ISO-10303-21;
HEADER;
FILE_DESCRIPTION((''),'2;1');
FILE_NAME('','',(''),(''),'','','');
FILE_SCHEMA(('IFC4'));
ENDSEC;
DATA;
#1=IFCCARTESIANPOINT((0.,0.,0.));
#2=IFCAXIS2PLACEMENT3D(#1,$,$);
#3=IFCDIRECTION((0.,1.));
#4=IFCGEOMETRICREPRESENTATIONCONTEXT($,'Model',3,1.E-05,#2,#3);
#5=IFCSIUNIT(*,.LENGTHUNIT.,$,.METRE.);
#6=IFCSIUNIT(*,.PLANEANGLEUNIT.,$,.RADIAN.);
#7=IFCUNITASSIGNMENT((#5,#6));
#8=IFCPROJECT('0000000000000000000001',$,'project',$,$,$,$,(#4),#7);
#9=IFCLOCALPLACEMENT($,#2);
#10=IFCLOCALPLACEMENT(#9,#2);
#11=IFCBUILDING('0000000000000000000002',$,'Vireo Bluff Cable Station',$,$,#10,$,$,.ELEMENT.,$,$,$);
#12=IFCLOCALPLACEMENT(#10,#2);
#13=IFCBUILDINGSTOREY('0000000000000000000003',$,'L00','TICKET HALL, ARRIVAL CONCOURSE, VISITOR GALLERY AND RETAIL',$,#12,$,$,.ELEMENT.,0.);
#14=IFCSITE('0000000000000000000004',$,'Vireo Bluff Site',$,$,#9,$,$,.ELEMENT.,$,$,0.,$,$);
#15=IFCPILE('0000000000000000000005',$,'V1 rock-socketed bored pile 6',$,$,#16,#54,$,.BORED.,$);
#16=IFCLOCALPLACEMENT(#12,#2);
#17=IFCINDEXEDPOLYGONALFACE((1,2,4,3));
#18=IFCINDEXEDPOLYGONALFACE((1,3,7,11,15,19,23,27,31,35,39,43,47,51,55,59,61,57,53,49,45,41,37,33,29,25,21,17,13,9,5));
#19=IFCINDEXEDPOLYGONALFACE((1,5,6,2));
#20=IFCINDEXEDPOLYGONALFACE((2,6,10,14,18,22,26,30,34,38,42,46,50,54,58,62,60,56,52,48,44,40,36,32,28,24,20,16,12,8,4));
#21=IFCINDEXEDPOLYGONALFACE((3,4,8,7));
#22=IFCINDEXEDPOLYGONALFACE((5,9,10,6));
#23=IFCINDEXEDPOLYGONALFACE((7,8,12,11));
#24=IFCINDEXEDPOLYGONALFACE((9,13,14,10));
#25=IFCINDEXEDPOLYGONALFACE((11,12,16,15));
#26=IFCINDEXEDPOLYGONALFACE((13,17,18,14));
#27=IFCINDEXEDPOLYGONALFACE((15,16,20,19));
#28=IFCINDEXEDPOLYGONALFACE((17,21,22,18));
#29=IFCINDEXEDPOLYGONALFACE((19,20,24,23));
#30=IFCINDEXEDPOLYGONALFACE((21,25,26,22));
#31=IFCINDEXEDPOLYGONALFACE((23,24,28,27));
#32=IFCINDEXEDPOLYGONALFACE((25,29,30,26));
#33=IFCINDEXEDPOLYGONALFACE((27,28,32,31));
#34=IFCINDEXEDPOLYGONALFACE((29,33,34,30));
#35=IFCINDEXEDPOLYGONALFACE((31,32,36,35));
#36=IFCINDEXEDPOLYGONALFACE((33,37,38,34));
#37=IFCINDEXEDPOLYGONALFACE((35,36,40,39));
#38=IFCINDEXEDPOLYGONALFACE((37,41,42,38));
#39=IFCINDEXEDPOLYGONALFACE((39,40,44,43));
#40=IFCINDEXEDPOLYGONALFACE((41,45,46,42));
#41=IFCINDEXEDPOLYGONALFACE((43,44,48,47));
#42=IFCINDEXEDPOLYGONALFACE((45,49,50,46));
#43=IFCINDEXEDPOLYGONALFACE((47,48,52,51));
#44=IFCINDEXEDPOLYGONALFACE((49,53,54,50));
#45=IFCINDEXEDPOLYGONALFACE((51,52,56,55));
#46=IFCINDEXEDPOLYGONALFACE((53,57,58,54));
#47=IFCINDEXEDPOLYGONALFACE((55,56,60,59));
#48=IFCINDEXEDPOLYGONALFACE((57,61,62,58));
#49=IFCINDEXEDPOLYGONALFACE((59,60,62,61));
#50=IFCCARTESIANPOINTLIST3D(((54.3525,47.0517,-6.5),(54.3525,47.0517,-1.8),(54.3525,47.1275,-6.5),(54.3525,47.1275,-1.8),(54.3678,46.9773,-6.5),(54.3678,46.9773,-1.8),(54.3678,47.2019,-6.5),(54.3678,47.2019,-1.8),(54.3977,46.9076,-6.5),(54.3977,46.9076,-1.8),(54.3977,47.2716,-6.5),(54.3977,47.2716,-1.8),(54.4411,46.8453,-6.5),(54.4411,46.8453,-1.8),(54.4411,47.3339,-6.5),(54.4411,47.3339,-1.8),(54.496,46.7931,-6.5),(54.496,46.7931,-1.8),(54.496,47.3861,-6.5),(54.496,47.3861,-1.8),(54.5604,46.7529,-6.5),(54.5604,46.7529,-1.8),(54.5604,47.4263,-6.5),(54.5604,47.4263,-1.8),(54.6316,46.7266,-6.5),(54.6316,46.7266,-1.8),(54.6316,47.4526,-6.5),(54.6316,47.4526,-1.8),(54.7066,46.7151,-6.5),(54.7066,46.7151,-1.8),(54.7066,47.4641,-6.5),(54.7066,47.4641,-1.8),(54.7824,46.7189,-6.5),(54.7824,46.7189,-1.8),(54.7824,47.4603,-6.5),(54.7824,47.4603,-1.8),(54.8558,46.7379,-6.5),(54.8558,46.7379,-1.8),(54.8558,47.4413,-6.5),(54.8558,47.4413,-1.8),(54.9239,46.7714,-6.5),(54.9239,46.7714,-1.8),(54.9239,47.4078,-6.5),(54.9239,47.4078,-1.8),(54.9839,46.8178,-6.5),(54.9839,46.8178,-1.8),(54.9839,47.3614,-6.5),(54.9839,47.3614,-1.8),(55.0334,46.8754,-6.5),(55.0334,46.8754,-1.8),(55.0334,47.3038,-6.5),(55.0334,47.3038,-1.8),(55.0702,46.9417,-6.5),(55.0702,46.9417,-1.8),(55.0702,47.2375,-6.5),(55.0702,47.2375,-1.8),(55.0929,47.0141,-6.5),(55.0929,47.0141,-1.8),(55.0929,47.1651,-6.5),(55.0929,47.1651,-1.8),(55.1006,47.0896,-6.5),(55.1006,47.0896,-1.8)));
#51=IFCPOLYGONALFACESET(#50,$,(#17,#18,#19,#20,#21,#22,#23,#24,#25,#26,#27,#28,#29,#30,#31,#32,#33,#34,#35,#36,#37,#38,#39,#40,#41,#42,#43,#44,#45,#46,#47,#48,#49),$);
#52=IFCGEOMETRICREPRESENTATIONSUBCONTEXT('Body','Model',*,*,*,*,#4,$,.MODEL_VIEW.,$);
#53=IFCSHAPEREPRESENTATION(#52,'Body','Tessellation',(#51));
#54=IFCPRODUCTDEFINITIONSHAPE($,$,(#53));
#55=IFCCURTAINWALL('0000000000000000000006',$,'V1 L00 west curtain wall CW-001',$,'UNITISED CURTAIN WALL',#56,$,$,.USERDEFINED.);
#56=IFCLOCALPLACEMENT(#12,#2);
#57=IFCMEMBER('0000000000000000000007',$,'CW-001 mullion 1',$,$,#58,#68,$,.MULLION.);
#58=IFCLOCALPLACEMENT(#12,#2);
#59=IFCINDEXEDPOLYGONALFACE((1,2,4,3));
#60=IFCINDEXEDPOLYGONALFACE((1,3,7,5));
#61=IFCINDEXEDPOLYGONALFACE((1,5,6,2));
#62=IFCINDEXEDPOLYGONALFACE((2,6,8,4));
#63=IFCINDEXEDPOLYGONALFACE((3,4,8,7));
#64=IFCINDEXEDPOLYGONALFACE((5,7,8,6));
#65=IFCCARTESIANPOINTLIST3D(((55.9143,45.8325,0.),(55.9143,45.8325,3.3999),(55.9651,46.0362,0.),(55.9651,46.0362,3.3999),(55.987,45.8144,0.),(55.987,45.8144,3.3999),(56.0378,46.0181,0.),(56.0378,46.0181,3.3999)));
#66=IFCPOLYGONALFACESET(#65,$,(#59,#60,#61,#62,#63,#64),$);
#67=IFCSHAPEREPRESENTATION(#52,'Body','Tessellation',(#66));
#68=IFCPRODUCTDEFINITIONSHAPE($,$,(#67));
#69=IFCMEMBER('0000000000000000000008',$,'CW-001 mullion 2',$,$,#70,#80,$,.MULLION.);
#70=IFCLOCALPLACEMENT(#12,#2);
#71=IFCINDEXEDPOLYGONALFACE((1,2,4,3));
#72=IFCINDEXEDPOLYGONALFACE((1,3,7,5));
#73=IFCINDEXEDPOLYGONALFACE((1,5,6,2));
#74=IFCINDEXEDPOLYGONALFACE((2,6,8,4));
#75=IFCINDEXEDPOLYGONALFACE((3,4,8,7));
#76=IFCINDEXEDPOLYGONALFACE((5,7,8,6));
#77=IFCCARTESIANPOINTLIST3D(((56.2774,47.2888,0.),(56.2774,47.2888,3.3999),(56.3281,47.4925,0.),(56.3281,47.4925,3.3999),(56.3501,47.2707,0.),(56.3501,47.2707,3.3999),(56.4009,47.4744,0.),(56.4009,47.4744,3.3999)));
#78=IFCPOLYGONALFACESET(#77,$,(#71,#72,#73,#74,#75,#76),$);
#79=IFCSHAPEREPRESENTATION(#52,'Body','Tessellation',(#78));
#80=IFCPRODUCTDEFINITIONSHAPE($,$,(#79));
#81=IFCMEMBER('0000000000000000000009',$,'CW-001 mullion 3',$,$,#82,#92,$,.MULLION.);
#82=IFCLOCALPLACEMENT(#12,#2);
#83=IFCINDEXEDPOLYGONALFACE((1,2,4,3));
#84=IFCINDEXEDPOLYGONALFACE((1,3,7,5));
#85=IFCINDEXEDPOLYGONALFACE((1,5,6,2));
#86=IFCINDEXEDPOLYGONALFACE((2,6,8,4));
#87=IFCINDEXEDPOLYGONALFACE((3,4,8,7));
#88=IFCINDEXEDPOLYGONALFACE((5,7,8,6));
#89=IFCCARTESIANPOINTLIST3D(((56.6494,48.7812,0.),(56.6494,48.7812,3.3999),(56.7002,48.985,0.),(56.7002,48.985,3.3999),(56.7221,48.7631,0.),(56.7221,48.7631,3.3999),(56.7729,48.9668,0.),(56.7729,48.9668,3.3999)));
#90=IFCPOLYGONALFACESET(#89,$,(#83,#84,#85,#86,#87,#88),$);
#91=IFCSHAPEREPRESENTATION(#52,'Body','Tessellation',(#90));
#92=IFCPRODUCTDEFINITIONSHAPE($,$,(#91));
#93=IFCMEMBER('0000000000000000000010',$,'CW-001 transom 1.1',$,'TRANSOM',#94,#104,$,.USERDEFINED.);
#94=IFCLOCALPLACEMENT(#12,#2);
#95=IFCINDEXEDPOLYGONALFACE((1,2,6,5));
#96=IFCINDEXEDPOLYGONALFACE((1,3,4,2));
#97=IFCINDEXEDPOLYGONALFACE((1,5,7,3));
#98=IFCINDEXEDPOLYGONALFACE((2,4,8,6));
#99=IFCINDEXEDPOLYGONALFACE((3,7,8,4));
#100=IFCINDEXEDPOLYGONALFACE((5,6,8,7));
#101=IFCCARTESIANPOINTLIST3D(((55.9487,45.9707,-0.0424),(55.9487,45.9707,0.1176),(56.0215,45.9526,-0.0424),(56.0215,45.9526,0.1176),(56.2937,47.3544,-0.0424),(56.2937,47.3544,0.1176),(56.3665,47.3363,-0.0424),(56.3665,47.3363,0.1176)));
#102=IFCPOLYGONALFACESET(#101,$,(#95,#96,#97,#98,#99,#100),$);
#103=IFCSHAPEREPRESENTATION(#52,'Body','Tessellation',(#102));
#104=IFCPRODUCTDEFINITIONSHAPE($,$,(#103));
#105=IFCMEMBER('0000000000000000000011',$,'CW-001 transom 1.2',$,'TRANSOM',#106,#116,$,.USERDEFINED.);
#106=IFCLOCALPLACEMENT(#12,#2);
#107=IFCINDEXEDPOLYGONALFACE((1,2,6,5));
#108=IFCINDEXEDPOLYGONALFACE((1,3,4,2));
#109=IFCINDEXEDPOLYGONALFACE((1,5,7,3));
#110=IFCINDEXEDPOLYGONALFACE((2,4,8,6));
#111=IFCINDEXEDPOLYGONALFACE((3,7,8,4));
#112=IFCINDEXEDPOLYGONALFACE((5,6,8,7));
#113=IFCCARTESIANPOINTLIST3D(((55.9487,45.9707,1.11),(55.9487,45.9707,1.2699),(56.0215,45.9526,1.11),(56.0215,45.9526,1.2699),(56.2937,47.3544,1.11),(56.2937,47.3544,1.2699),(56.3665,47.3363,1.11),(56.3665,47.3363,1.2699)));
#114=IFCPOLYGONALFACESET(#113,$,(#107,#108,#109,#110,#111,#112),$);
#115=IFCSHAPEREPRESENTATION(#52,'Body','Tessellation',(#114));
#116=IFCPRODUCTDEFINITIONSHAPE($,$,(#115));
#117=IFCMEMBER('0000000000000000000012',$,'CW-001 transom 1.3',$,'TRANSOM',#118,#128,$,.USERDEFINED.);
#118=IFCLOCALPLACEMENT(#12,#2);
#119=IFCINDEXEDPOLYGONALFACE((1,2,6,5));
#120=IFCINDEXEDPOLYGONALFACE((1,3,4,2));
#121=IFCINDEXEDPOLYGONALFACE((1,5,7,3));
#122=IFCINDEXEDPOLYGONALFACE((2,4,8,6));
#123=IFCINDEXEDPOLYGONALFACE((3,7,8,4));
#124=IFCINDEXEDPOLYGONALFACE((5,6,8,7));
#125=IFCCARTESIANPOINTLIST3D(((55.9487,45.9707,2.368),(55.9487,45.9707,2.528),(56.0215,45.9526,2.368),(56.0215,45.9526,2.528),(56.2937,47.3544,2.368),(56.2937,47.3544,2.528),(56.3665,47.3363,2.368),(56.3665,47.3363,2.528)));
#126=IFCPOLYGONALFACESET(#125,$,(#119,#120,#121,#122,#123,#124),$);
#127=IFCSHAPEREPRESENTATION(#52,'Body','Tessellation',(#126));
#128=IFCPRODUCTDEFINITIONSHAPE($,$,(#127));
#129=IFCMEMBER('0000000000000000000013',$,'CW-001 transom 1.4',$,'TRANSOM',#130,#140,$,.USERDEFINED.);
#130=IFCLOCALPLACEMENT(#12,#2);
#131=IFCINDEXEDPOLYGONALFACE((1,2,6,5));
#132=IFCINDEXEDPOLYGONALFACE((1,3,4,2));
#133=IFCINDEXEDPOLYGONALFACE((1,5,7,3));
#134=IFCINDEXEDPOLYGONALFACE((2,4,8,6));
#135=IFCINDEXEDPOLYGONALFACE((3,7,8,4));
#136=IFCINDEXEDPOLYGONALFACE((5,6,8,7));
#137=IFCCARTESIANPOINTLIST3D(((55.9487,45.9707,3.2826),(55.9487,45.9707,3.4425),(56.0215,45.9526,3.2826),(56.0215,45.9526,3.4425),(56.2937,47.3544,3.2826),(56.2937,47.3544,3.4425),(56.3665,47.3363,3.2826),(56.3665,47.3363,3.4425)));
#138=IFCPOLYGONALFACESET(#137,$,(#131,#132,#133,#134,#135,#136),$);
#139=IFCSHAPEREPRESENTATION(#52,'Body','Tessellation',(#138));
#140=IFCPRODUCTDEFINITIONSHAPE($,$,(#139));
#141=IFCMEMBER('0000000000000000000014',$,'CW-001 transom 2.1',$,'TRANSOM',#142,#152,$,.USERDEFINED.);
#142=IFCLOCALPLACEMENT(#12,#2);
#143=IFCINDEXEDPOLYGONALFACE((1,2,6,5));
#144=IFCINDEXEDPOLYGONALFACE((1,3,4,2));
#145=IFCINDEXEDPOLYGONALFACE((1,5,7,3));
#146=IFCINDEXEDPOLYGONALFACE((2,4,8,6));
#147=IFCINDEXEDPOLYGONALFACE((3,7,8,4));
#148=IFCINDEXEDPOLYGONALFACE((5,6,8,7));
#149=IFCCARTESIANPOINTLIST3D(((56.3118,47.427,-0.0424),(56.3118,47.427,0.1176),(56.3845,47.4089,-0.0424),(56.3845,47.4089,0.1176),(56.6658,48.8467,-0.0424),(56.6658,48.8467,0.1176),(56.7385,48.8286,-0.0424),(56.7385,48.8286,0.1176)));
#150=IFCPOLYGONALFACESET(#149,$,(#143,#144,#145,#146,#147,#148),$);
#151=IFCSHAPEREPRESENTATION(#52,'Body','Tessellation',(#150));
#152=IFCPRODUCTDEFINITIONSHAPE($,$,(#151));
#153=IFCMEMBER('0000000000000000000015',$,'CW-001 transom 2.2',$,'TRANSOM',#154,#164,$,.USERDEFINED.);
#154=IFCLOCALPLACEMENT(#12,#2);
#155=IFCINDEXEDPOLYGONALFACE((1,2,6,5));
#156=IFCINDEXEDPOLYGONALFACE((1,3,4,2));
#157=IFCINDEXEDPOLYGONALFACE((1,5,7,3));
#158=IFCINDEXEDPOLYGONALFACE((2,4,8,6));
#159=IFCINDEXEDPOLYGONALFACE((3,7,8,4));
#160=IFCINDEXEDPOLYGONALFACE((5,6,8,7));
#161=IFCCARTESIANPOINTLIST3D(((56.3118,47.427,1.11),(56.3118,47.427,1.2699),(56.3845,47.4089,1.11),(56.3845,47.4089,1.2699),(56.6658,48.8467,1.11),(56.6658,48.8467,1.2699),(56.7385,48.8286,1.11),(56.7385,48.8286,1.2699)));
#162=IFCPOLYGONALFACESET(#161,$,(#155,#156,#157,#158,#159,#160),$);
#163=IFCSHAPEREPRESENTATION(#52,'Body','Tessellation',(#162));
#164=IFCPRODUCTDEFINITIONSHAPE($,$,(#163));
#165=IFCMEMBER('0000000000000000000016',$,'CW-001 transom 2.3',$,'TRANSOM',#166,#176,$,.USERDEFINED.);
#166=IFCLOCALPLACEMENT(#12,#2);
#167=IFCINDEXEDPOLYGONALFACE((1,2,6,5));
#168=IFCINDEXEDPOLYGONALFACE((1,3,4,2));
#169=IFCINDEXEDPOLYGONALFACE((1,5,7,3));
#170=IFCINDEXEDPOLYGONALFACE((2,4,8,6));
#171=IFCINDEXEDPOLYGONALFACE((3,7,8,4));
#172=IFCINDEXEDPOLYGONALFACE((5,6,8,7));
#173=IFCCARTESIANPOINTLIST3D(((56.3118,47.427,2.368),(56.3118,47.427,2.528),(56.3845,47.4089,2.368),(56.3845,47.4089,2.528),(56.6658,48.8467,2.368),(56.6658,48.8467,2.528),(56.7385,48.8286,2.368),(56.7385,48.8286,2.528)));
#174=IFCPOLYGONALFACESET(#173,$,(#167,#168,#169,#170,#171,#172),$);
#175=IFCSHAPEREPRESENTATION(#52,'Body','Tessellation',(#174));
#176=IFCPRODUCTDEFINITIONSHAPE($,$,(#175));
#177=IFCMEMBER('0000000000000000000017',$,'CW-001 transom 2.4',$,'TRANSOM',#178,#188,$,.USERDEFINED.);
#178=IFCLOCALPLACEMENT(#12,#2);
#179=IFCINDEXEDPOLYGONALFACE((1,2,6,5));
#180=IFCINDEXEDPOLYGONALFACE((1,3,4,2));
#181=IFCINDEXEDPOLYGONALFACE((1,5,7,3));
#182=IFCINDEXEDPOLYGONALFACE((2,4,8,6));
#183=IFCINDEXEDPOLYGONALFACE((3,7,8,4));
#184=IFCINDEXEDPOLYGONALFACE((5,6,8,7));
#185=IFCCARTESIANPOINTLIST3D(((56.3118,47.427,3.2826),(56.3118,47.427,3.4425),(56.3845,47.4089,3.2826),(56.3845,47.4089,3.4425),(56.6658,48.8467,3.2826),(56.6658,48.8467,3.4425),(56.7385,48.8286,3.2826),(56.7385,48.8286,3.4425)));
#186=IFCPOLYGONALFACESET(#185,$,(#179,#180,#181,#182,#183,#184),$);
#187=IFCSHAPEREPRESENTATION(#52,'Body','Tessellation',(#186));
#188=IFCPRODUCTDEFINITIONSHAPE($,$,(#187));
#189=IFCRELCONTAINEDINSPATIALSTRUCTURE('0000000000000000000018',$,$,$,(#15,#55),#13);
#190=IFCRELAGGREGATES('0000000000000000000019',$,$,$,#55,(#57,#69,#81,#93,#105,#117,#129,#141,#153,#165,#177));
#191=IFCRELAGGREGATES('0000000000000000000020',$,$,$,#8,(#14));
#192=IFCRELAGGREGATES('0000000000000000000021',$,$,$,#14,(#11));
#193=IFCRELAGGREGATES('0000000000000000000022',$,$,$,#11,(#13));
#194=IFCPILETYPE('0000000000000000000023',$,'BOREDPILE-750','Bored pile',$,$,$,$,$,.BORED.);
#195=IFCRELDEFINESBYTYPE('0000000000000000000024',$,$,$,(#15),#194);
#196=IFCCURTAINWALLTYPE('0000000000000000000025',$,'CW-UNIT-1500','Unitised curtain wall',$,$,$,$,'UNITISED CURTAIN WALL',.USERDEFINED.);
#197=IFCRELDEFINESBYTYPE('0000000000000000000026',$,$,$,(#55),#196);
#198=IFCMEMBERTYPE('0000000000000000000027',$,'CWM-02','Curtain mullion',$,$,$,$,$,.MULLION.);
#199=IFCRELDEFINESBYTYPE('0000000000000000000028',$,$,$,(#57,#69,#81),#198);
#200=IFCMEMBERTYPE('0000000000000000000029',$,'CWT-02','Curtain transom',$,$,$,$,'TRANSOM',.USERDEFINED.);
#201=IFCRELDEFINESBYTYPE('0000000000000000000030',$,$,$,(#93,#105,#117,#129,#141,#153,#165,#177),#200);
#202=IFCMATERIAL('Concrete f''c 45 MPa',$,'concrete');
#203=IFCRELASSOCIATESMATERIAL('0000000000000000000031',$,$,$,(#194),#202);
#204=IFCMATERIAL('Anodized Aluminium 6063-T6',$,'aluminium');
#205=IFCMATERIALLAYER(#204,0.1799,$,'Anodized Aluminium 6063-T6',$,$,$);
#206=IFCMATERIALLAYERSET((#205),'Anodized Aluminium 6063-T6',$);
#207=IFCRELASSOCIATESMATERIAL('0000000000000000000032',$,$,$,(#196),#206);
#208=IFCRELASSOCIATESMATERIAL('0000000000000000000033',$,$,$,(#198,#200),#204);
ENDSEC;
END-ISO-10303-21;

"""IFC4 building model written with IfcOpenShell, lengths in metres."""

from ifc_helpers import new_model, si_unit, direction, frame, origin, origin_2d, place, context, subcontext, project, spatial, rectangle, circle, extrude, material, layer, layer_set, material_profile, profile_set, type_object, element, aggregate, save


model = new_model("IFC4")

# Units and contexts
model_context = context("Model", 3, precision=1e-05, world=origin(), true_north=direction((0.0, 1.0)))
body_context = subcontext(model_context, "Body", "Model", "MODEL_VIEW")
ifc_project = project(units=[si_unit("LENGTHUNIT", "METRE"), si_unit("PLANEANGLEUNIT", "RADIAN")], contexts=[model_context])

# Site, building, storey
site_placement = place(None, origin())
site = spatial("IfcSite", under=ifc_project, at=site_placement, Name="Vireo Bluff Site", CompositionType="ELEMENT", RefElevation=0.0)
building_placement = place(site_placement, origin())
building = spatial("IfcBuilding", under=site, at=building_placement, Name="Vireo Bluff Cable Station", CompositionType="ELEMENT")
storey_placement = place(building_placement, origin())
storey = spatial("IfcBuildingStorey", under=building, at=storey_placement, Name="L00", Description="TICKET HALL, ARRIVAL CONCOURSE, VISITOR GALLERY AND RETAIL", CompositionType="ELEMENT", Elevation=0.0)

# Pile
ifc_material_1 = material(Name="Concrete f'c 45 MPa", Category="concrete")
ifc_material_profile_1 = material_profile(ifc_material_1, circle(Radius=0.375, at=origin_2d()), Name="BOREDPILE-750")
ifc_profile_set_1 = profile_set([ifc_material_profile_1], Name="Concrete f'c 45 MPa")
pile_type = type_object("IfcPileType", Name="BOREDPILE-750", Description="Bored pile", PredefinedType="BORED", material=ifc_profile_set_1)
pile_placement = place(storey_placement, frame((54.7256, 47.0896, -1.8), z_axis=(0.0, 0.0, -1.0), x_axis=(1.0, 0.0, 0.0)))
element("IfcPile", 1, at=pile_placement, inside=storey, type_object=pile_type, Name="V1 rock-socketed bored pile 6", PredefinedType="BORED", context=body_context, shape_type="SweptSolid", body=[
    extrude(circle(Radius=0.375, at=origin_2d()), origin(), (0.0, 0.0, 1.0), 4.7),
])

# Curtain wall, members
ifc_material_2 = material(Name="Anodized Aluminium 6063-T6", Category="aluminium")
ifc_layer_1 = layer(ifc_material_2, 0.1799, Name="Anodized Aluminium 6063-T6")
ifc_layer_set_1 = layer_set([ifc_layer_1], Name="Anodized Aluminium 6063-T6")
curtain_wall_type = type_object("IfcCurtainWallType", Name="CW-UNIT-1500", Description="Unitised curtain wall", ElementType="UNITISED CURTAIN WALL", PredefinedType="USERDEFINED", material=ifc_layer_set_1)
curtain_wall_placement = place(storey_placement, origin())
curtain_wall = element("IfcCurtainWall", 2, at=curtain_wall_placement, inside=storey, type_object=curtain_wall_type, Name="V1 L00 west curtain wall CW-001", ObjectType="UNITISED CURTAIN WALL", PredefinedType="USERDEFINED")
ifc_material_profile_2 = material_profile(ifc_material_2, rectangle(XDim=0.075, YDim=0.21, at=origin_2d()), Name="ALU-M-75X210")
ifc_profile_set_2 = profile_set([ifc_material_profile_2], Name="Anodized Aluminium 6063-T6")
member_type_1 = type_object("IfcMemberType", Name="CWM-02", Description="Curtain mullion", PredefinedType="MULLION", material=ifc_profile_set_2)
member_1_placement = place(storey_placement, frame((55.9761, 45.9253, 0.0), z_axis=(0.0, 0.0, 1.0), x_axis=(-0.970296, 0.241922, 0.0)))
member_1 = element("IfcMember", 3, at=member_1_placement, type_object=member_type_1, Name="CW-001 mullion 1", PredefinedType="MULLION", context=body_context, shape_type="SweptSolid", body=[
    extrude(rectangle(XDim=0.075, YDim=0.21, at=origin_2d()), origin(), (0.0, 0.0, 1.0), 3.3999),
])
member_2_placement = place(storey_placement, frame((56.3391, 47.3816, 0.0), z_axis=(0.0, 0.0, 1.0), x_axis=(-0.970296, 0.241922, 0.0)))
member_2 = element("IfcMember", 4, at=member_2_placement, type_object=member_type_1, Name="CW-001 mullion 2", PredefinedType="MULLION", context=body_context, shape_type="SweptSolid", body=[
    extrude(rectangle(XDim=0.075, YDim=0.21, at=origin_2d()), origin(), (0.0, 0.0, 1.0), 3.3999),
])
member_3_placement = place(storey_placement, frame((56.7112, 48.874, 0.0), z_axis=(0.0, 0.0, 1.0), x_axis=(-0.970296, 0.241922, 0.0)))
member_3 = element("IfcMember", 5, at=member_3_placement, type_object=member_type_1, Name="CW-001 mullion 3", PredefinedType="MULLION", context=body_context, shape_type="SweptSolid", body=[
    extrude(rectangle(XDim=0.075, YDim=0.21, at=origin_2d()), origin(), (0.0, 0.0, 1.0), 3.3999),
])
ifc_material_profile_3 = material_profile(ifc_material_2, rectangle(XDim=0.075, YDim=0.1599, at=origin_2d()), Name="ALU-T-75X160")
ifc_profile_set_3 = profile_set([ifc_material_profile_3], Name="Anodized Aluminium 6063-T6")
member_type_2 = type_object("IfcMemberType", Name="CWT-02", Description="Curtain transom", ElementType="TRANSOM", PredefinedType="USERDEFINED", material=ifc_profile_set_3)
member_4_placement = place(storey_placement, frame((55.9851, 45.9617, 0.0376), z_axis=(0.241931, 0.970293, 0.0), x_axis=(-0.970293, 0.241931, 0.0)))
member_4 = element("IfcMember", 6, at=member_4_placement, type_object=member_type_2, Name="CW-001 transom 1.1", ObjectType="TRANSOM", PredefinedType="USERDEFINED", context=body_context, shape_type="SweptSolid", body=[
    extrude(rectangle(XDim=0.075, YDim=0.1599, at=origin_2d()), origin(), (0.0, 0.0, 1.0), 1.426),
])
member_5_placement = place(storey_placement, frame((55.9851, 45.9617, 1.1899), z_axis=(0.241931, 0.970293, 0.0), x_axis=(-0.970293, 0.241931, 0.0)))
member_5 = element("IfcMember", 7, at=member_5_placement, type_object=member_type_2, Name="CW-001 transom 1.2", ObjectType="TRANSOM", PredefinedType="USERDEFINED", context=body_context, shape_type="SweptSolid", body=[
    extrude(rectangle(XDim=0.075, YDim=0.1599, at=origin_2d()), origin(), (0.0, 0.0, 1.0), 1.426),
])
member_6_placement = place(storey_placement, frame((55.9851, 45.9617, 2.448), z_axis=(0.241931, 0.970293, 0.0), x_axis=(-0.970293, 0.241931, 0.0)))
member_6 = element("IfcMember", 8, at=member_6_placement, type_object=member_type_2, Name="CW-001 transom 1.3", ObjectType="TRANSOM", PredefinedType="USERDEFINED", context=body_context, shape_type="SweptSolid", body=[
    extrude(rectangle(XDim=0.075, YDim=0.1599, at=origin_2d()), origin(), (0.0, 0.0, 1.0), 1.426),
])
member_7_placement = place(storey_placement, frame((55.9851, 45.9617, 3.3625), z_axis=(0.241931, 0.970293, 0.0), x_axis=(-0.970293, 0.241931, 0.0)))
member_7 = element("IfcMember", 9, at=member_7_placement, type_object=member_type_2, Name="CW-001 transom 1.4", ObjectType="TRANSOM", PredefinedType="USERDEFINED", context=body_context, shape_type="SweptSolid", body=[
    extrude(rectangle(XDim=0.075, YDim=0.1599, at=origin_2d()), origin(), (0.0, 0.0, 1.0), 1.426),
])
member_8_placement = place(storey_placement, frame((56.3481, 47.418, 0.0376), z_axis=(0.241947, 0.97029, 0.0), x_axis=(-0.97029, 0.241947, 0.0)))
member_8 = element("IfcMember", 10, at=member_8_placement, type_object=member_type_2, Name="CW-001 transom 2.1", ObjectType="TRANSOM", PredefinedType="USERDEFINED", context=body_context, shape_type="SweptSolid", body=[
    extrude(rectangle(XDim=0.075, YDim=0.1599, at=origin_2d()), origin(), (0.0, 0.0, 1.0), 1.4631),
])
member_9_placement = place(storey_placement, frame((56.3481, 47.418, 1.1899), z_axis=(0.241947, 0.97029, 0.0), x_axis=(-0.97029, 0.241947, 0.0)))
member_9 = element("IfcMember", 11, at=member_9_placement, type_object=member_type_2, Name="CW-001 transom 2.2", ObjectType="TRANSOM", PredefinedType="USERDEFINED", context=body_context, shape_type="SweptSolid", body=[
    extrude(rectangle(XDim=0.075, YDim=0.1599, at=origin_2d()), origin(), (0.0, 0.0, 1.0), 1.4631),
])
member_10_placement = place(storey_placement, frame((56.3481, 47.418, 2.448), z_axis=(0.241947, 0.97029, 0.0), x_axis=(-0.97029, 0.241947, 0.0)))
member_10 = element("IfcMember", 12, at=member_10_placement, type_object=member_type_2, Name="CW-001 transom 2.3", ObjectType="TRANSOM", PredefinedType="USERDEFINED", context=body_context, shape_type="SweptSolid", body=[
    extrude(rectangle(XDim=0.075, YDim=0.1599, at=origin_2d()), origin(), (0.0, 0.0, 1.0), 1.4631),
])
member_11_placement = place(storey_placement, frame((56.3481, 47.418, 3.3625), z_axis=(0.241947, 0.97029, 0.0), x_axis=(-0.97029, 0.241947, 0.0)))
member_11 = element("IfcMember", 13, at=member_11_placement, type_object=member_type_2, Name="CW-001 transom 2.4", ObjectType="TRANSOM", PredefinedType="USERDEFINED", context=body_context, shape_type="SweptSolid", body=[
    extrude(rectangle(XDim=0.075, YDim=0.1599, at=origin_2d()), origin(), (0.0, 0.0, 1.0), 1.4631),
])

aggregate(curtain_wall, [member_1, member_2, member_3, member_4, member_5, member_6, member_7, member_8, member_9, member_10, member_11])

save(model, "model.ifc")
